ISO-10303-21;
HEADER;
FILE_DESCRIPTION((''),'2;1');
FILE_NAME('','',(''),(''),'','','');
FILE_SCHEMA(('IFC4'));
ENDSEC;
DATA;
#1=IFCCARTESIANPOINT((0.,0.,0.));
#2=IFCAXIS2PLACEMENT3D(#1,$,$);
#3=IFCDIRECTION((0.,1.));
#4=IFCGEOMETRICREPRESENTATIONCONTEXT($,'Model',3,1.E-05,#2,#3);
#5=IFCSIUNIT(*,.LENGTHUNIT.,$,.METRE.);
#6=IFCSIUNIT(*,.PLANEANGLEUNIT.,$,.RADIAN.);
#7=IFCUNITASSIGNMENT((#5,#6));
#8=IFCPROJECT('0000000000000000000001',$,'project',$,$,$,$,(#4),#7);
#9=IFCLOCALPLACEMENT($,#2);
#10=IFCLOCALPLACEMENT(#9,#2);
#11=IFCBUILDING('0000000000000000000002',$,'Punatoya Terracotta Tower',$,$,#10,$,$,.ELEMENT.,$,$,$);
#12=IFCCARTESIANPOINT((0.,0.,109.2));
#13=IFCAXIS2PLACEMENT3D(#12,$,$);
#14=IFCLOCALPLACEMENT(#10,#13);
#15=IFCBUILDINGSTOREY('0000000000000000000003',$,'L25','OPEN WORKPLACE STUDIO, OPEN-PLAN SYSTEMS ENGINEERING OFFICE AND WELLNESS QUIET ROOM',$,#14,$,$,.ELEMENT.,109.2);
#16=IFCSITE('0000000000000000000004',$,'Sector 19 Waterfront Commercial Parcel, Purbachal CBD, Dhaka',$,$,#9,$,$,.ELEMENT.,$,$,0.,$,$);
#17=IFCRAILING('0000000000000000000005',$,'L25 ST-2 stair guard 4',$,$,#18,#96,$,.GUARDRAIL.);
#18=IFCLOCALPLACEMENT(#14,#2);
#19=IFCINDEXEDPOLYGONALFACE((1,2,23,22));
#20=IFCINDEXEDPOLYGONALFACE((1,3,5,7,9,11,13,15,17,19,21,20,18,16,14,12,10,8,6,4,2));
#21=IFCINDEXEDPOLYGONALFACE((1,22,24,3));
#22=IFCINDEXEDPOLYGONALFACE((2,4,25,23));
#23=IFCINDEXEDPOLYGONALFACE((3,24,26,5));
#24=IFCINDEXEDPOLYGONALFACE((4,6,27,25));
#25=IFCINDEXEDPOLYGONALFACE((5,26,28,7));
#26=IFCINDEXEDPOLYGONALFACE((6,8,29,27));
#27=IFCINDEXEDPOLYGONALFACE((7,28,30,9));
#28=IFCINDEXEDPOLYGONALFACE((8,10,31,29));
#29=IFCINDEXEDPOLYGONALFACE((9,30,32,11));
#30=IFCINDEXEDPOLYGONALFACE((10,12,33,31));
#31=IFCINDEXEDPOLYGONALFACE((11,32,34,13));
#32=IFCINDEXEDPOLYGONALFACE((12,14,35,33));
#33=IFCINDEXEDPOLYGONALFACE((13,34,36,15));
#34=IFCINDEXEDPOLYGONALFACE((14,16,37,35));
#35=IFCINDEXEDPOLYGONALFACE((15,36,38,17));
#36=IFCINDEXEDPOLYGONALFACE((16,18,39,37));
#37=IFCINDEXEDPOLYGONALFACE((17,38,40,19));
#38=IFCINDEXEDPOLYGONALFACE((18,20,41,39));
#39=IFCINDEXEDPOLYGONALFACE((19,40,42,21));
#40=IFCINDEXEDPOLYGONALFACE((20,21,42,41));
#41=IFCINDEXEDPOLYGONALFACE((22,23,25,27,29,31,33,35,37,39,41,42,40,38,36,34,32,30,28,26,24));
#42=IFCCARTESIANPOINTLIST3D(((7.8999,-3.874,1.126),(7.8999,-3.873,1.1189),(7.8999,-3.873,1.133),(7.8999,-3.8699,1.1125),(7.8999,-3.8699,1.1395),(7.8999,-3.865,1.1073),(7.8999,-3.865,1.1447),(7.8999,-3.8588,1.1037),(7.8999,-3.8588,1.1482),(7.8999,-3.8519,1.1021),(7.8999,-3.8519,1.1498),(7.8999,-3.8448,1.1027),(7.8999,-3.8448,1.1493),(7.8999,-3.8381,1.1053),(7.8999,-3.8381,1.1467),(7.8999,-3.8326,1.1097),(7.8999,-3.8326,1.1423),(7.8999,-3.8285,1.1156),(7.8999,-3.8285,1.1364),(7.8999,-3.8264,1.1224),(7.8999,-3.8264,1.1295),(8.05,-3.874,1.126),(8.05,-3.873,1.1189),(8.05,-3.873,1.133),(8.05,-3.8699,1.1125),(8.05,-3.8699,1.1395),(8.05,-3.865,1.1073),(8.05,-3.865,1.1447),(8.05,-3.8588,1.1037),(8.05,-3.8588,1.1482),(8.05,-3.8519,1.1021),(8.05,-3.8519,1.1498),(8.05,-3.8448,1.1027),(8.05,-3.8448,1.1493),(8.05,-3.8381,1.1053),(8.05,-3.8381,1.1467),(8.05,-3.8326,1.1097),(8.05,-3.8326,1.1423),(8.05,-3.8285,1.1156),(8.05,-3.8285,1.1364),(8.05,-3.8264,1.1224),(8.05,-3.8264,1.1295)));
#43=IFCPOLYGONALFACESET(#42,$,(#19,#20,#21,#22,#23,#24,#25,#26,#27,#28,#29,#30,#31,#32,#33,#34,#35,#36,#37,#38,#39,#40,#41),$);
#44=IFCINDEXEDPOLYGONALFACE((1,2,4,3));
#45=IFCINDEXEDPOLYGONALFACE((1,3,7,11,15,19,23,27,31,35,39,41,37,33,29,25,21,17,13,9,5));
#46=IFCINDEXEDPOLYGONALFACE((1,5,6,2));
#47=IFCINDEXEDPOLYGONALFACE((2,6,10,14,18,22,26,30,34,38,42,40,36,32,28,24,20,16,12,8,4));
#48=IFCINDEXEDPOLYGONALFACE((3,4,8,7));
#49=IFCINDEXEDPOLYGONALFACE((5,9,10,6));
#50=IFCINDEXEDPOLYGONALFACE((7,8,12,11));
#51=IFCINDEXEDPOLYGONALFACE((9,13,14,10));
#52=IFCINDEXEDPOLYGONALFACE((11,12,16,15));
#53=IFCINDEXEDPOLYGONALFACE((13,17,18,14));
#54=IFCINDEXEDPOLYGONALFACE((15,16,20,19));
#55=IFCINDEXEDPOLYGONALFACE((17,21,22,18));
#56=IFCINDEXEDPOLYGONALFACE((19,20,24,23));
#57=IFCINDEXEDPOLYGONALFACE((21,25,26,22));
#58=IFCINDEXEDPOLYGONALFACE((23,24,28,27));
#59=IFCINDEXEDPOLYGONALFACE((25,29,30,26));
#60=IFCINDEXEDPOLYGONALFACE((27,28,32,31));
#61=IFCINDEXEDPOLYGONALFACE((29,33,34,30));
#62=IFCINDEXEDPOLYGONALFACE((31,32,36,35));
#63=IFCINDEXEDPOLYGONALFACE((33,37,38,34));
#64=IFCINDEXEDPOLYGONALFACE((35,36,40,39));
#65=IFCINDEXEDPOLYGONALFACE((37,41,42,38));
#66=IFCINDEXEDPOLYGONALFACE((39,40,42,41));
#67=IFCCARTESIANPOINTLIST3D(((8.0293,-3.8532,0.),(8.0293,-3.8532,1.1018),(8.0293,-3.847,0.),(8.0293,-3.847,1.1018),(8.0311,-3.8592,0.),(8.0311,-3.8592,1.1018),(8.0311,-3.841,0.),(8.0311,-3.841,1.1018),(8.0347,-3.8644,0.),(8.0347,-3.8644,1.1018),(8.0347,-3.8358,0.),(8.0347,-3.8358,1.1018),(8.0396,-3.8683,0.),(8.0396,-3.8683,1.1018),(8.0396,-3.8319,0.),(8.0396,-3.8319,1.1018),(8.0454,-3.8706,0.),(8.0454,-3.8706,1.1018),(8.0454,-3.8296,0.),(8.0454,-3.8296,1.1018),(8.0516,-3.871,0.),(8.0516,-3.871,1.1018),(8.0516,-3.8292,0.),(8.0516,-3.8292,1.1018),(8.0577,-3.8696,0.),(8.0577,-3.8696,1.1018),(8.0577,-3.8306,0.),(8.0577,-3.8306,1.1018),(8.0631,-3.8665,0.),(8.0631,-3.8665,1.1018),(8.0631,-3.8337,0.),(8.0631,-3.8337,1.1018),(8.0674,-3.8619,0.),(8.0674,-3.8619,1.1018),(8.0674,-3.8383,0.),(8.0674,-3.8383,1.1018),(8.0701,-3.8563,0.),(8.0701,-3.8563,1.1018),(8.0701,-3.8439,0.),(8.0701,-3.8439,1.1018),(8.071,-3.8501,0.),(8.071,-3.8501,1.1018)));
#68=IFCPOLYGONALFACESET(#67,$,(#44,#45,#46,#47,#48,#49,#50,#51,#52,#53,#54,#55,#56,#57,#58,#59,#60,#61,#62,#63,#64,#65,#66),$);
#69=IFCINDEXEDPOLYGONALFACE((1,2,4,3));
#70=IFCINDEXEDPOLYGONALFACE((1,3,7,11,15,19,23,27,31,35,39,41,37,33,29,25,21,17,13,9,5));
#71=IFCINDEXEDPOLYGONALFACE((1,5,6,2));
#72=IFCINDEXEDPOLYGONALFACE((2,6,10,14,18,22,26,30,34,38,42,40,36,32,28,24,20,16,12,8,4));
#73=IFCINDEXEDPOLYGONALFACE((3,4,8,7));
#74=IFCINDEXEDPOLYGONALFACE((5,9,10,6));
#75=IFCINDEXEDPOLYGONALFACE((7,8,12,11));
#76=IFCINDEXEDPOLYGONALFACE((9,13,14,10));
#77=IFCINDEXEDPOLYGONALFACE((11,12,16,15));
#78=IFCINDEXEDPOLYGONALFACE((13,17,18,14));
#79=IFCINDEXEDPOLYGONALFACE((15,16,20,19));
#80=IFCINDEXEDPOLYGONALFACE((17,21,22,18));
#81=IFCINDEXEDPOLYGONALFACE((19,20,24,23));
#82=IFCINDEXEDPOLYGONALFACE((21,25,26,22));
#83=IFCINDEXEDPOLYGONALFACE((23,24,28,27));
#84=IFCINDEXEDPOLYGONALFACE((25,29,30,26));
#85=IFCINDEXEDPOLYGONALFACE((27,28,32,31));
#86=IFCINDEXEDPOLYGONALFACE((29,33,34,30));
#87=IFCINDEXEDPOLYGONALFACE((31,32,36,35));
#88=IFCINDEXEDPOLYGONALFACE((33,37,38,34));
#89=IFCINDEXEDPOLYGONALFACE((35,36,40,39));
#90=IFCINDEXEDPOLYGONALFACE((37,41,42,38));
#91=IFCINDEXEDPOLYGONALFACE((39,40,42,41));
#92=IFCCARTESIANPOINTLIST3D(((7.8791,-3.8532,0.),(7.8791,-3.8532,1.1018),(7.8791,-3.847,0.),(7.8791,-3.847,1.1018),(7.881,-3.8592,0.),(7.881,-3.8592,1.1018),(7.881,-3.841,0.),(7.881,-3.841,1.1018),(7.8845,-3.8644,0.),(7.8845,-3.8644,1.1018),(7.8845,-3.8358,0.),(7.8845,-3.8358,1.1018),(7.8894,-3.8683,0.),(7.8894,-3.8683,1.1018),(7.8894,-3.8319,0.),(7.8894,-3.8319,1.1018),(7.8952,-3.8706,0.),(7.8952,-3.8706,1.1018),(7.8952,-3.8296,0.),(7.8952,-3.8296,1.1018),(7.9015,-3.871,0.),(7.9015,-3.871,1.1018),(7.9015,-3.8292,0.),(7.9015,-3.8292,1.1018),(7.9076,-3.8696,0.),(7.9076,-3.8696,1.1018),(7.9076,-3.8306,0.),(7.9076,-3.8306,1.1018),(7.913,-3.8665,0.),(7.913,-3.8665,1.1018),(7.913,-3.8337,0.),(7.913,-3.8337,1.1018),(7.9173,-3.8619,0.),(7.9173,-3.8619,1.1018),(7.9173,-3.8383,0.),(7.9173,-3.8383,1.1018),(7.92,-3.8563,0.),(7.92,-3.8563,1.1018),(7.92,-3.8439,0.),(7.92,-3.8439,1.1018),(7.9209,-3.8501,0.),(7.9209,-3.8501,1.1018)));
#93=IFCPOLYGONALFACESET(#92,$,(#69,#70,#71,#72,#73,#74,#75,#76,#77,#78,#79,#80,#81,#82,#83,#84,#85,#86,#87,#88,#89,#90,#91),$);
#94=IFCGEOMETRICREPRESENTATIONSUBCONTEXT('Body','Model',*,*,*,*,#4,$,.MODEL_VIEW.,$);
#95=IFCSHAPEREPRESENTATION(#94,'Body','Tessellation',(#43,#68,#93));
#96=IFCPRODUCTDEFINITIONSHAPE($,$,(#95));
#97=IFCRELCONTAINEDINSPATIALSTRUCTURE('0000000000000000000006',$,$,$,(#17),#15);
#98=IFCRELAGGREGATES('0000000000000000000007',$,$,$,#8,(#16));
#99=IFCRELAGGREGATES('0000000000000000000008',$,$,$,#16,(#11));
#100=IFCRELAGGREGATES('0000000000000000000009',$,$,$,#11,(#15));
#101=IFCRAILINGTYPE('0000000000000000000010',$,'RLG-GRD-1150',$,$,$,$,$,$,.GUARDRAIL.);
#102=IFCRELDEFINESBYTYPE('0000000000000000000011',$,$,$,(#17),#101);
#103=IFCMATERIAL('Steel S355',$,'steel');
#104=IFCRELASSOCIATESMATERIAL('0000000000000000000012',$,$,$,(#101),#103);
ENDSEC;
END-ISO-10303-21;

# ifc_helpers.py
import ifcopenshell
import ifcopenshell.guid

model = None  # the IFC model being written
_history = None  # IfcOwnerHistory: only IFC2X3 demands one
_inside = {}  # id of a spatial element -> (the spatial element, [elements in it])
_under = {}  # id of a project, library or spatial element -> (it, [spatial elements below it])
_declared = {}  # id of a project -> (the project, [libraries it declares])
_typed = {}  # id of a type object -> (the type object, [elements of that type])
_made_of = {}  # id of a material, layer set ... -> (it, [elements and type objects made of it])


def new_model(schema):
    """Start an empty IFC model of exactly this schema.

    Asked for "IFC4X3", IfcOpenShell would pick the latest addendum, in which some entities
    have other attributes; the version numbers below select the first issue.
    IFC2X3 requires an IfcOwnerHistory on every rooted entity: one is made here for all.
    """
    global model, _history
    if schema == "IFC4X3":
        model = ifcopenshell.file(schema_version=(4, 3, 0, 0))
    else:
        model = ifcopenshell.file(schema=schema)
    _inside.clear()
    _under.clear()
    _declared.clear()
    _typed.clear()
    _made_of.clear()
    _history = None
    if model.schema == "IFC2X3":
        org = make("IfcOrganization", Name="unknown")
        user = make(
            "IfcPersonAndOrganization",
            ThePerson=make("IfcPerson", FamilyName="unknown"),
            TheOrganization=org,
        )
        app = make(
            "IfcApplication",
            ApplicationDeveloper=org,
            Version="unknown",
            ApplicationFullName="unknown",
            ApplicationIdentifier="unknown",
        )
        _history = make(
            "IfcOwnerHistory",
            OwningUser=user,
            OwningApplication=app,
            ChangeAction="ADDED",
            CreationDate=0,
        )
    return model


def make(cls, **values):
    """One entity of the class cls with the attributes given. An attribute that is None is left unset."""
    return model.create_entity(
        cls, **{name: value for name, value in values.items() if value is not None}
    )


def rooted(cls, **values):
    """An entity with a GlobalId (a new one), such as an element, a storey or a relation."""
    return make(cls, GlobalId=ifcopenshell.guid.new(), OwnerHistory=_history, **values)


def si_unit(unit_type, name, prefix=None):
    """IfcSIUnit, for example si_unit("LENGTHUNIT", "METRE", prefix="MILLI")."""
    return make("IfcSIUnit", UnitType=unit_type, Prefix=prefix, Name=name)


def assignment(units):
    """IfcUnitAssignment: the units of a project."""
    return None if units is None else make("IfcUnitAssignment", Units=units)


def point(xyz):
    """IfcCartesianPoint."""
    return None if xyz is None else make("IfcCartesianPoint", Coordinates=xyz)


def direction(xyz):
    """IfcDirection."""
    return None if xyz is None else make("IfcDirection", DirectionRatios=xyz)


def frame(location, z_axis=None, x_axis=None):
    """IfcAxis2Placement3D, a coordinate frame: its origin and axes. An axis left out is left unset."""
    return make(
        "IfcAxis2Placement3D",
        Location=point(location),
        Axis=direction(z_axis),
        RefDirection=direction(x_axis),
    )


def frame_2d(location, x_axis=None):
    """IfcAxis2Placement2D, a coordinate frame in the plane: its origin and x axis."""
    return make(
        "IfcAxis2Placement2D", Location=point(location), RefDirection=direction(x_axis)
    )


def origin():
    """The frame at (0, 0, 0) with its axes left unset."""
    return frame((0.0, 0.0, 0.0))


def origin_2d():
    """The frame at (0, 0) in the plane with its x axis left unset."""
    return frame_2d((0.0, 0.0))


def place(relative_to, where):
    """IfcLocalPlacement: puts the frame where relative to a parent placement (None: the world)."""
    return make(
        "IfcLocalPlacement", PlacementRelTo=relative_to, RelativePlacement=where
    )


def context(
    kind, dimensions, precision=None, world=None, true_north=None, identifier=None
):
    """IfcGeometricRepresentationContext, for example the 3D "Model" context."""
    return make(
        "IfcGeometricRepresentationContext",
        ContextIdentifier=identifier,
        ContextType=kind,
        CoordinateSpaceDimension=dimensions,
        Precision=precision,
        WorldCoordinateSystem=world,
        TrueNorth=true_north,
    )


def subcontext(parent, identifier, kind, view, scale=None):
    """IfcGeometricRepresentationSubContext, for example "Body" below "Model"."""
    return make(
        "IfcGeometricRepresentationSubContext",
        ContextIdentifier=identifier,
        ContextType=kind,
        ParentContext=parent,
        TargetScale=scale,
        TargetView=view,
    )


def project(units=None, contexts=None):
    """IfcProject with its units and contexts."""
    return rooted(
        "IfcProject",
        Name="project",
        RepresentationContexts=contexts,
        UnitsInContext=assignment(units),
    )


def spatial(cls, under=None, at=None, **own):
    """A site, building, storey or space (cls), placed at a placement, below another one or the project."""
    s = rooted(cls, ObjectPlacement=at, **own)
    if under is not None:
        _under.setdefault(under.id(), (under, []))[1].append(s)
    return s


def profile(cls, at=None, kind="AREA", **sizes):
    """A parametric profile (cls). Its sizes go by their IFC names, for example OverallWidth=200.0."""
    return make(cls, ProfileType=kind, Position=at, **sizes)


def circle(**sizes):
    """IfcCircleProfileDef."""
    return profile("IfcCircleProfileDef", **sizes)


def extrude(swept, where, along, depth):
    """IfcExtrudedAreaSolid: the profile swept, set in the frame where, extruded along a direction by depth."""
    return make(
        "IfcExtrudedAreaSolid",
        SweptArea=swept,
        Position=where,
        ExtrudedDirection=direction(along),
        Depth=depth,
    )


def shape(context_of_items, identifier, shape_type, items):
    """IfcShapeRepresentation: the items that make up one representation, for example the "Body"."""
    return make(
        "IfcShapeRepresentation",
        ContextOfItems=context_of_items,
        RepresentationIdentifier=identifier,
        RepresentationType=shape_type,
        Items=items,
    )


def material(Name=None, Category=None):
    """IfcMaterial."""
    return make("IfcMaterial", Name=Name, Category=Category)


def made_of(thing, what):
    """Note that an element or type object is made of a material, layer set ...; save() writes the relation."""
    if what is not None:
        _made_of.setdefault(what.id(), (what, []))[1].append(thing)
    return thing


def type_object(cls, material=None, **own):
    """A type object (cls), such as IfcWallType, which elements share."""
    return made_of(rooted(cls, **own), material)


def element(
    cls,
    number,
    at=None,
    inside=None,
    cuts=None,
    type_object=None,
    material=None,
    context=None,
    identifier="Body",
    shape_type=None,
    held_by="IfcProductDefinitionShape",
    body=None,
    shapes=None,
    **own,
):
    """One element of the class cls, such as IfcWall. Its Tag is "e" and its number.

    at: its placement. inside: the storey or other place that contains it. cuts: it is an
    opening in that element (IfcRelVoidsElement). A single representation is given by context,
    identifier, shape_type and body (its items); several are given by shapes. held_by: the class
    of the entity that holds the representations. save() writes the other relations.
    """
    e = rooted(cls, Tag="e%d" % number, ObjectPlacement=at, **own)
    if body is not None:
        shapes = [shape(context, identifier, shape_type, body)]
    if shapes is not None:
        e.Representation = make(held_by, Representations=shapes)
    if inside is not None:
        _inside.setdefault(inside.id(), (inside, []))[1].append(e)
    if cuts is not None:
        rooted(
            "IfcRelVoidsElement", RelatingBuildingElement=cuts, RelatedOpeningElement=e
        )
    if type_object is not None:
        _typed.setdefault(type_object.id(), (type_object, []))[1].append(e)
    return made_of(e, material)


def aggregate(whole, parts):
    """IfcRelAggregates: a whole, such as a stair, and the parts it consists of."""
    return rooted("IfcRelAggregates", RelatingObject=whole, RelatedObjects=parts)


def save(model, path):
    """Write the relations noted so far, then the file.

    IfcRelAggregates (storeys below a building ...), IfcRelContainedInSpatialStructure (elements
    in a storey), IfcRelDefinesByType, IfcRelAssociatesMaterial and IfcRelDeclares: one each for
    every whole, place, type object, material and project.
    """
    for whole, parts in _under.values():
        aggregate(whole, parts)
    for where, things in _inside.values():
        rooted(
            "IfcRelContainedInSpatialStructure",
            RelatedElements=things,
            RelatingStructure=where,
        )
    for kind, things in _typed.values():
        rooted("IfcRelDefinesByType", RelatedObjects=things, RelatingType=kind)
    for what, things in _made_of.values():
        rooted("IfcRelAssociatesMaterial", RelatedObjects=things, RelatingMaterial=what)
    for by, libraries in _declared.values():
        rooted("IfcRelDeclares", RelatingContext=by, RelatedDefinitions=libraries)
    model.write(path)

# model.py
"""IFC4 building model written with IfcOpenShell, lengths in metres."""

from ifc_helpers import new_model, si_unit, direction, frame, origin, origin_2d, place, context, subcontext, project, spatial, circle, extrude, material, type_object, element, save


model = new_model("IFC4")

# Units and contexts
model_context = context("Model", 3, precision=1e-05, world=origin(), true_north=direction((0.0, 1.0)))
body_context = subcontext(model_context, "Body", "Model", "MODEL_VIEW")
ifc_project = project(units=[si_unit("LENGTHUNIT", "METRE"), si_unit("PLANEANGLEUNIT", "RADIAN")], contexts=[model_context])

# Site, building, storey
site_placement = place(None, origin())
site = spatial("IfcSite", under=ifc_project, at=site_placement, Name="Sector 19 Waterfront Commercial Parcel, Purbachal CBD, Dhaka", CompositionType="ELEMENT", RefElevation=0.0)
building_placement = place(site_placement, origin())
building = spatial("IfcBuilding", under=site, at=building_placement, Name="Punatoya Terracotta Tower", CompositionType="ELEMENT")
storey_placement = place(building_placement, frame((0.0, 0.0, 109.2)))
storey = spatial("IfcBuildingStorey", under=building, at=storey_placement, Name="L25", Description="OPEN WORKPLACE STUDIO, OPEN-PLAN SYSTEMS ENGINEERING OFFICE AND WELLNESS QUIET ROOM", CompositionType="ELEMENT", Elevation=109.2)

# Railing
ifc_material_1 = material(Name="Steel S355", Category="steel")
railing_type_1 = type_object("IfcRailingType", Name="RLG-GRD-1150", PredefinedType="GUARDRAIL", material=ifc_material_1)
railing_1_placement = place(storey_placement, frame((8.05, -3.8501, 0.0)))
element("IfcRailing", 1, at=railing_1_placement, inside=storey, type_object=railing_type_1, Name="L25 ST-2 stair guard 4", PredefinedType="GUARDRAIL", context=body_context, shape_type="SweptSolid", body=[
    extrude(circle(Radius=0.0239, at=origin_2d()), frame((0.0, 0.0, 1.126), z_axis=(-1.0, 0.0, 0.0), x_axis=(0.0, -1.0, 0.0)), (0.0, 0.0, 1.0), 0.1501),
    extrude(circle(Radius=0.021, at=origin_2d()), origin(), (0.0, 0.0, 1.0), 1.1018),
    extrude(circle(Radius=0.021, at=origin_2d()), frame((-0.1501, 0.0, 0.0)), (0.0, 0.0, 1.0), 1.1018),
])

save(model, "model.ifc")
